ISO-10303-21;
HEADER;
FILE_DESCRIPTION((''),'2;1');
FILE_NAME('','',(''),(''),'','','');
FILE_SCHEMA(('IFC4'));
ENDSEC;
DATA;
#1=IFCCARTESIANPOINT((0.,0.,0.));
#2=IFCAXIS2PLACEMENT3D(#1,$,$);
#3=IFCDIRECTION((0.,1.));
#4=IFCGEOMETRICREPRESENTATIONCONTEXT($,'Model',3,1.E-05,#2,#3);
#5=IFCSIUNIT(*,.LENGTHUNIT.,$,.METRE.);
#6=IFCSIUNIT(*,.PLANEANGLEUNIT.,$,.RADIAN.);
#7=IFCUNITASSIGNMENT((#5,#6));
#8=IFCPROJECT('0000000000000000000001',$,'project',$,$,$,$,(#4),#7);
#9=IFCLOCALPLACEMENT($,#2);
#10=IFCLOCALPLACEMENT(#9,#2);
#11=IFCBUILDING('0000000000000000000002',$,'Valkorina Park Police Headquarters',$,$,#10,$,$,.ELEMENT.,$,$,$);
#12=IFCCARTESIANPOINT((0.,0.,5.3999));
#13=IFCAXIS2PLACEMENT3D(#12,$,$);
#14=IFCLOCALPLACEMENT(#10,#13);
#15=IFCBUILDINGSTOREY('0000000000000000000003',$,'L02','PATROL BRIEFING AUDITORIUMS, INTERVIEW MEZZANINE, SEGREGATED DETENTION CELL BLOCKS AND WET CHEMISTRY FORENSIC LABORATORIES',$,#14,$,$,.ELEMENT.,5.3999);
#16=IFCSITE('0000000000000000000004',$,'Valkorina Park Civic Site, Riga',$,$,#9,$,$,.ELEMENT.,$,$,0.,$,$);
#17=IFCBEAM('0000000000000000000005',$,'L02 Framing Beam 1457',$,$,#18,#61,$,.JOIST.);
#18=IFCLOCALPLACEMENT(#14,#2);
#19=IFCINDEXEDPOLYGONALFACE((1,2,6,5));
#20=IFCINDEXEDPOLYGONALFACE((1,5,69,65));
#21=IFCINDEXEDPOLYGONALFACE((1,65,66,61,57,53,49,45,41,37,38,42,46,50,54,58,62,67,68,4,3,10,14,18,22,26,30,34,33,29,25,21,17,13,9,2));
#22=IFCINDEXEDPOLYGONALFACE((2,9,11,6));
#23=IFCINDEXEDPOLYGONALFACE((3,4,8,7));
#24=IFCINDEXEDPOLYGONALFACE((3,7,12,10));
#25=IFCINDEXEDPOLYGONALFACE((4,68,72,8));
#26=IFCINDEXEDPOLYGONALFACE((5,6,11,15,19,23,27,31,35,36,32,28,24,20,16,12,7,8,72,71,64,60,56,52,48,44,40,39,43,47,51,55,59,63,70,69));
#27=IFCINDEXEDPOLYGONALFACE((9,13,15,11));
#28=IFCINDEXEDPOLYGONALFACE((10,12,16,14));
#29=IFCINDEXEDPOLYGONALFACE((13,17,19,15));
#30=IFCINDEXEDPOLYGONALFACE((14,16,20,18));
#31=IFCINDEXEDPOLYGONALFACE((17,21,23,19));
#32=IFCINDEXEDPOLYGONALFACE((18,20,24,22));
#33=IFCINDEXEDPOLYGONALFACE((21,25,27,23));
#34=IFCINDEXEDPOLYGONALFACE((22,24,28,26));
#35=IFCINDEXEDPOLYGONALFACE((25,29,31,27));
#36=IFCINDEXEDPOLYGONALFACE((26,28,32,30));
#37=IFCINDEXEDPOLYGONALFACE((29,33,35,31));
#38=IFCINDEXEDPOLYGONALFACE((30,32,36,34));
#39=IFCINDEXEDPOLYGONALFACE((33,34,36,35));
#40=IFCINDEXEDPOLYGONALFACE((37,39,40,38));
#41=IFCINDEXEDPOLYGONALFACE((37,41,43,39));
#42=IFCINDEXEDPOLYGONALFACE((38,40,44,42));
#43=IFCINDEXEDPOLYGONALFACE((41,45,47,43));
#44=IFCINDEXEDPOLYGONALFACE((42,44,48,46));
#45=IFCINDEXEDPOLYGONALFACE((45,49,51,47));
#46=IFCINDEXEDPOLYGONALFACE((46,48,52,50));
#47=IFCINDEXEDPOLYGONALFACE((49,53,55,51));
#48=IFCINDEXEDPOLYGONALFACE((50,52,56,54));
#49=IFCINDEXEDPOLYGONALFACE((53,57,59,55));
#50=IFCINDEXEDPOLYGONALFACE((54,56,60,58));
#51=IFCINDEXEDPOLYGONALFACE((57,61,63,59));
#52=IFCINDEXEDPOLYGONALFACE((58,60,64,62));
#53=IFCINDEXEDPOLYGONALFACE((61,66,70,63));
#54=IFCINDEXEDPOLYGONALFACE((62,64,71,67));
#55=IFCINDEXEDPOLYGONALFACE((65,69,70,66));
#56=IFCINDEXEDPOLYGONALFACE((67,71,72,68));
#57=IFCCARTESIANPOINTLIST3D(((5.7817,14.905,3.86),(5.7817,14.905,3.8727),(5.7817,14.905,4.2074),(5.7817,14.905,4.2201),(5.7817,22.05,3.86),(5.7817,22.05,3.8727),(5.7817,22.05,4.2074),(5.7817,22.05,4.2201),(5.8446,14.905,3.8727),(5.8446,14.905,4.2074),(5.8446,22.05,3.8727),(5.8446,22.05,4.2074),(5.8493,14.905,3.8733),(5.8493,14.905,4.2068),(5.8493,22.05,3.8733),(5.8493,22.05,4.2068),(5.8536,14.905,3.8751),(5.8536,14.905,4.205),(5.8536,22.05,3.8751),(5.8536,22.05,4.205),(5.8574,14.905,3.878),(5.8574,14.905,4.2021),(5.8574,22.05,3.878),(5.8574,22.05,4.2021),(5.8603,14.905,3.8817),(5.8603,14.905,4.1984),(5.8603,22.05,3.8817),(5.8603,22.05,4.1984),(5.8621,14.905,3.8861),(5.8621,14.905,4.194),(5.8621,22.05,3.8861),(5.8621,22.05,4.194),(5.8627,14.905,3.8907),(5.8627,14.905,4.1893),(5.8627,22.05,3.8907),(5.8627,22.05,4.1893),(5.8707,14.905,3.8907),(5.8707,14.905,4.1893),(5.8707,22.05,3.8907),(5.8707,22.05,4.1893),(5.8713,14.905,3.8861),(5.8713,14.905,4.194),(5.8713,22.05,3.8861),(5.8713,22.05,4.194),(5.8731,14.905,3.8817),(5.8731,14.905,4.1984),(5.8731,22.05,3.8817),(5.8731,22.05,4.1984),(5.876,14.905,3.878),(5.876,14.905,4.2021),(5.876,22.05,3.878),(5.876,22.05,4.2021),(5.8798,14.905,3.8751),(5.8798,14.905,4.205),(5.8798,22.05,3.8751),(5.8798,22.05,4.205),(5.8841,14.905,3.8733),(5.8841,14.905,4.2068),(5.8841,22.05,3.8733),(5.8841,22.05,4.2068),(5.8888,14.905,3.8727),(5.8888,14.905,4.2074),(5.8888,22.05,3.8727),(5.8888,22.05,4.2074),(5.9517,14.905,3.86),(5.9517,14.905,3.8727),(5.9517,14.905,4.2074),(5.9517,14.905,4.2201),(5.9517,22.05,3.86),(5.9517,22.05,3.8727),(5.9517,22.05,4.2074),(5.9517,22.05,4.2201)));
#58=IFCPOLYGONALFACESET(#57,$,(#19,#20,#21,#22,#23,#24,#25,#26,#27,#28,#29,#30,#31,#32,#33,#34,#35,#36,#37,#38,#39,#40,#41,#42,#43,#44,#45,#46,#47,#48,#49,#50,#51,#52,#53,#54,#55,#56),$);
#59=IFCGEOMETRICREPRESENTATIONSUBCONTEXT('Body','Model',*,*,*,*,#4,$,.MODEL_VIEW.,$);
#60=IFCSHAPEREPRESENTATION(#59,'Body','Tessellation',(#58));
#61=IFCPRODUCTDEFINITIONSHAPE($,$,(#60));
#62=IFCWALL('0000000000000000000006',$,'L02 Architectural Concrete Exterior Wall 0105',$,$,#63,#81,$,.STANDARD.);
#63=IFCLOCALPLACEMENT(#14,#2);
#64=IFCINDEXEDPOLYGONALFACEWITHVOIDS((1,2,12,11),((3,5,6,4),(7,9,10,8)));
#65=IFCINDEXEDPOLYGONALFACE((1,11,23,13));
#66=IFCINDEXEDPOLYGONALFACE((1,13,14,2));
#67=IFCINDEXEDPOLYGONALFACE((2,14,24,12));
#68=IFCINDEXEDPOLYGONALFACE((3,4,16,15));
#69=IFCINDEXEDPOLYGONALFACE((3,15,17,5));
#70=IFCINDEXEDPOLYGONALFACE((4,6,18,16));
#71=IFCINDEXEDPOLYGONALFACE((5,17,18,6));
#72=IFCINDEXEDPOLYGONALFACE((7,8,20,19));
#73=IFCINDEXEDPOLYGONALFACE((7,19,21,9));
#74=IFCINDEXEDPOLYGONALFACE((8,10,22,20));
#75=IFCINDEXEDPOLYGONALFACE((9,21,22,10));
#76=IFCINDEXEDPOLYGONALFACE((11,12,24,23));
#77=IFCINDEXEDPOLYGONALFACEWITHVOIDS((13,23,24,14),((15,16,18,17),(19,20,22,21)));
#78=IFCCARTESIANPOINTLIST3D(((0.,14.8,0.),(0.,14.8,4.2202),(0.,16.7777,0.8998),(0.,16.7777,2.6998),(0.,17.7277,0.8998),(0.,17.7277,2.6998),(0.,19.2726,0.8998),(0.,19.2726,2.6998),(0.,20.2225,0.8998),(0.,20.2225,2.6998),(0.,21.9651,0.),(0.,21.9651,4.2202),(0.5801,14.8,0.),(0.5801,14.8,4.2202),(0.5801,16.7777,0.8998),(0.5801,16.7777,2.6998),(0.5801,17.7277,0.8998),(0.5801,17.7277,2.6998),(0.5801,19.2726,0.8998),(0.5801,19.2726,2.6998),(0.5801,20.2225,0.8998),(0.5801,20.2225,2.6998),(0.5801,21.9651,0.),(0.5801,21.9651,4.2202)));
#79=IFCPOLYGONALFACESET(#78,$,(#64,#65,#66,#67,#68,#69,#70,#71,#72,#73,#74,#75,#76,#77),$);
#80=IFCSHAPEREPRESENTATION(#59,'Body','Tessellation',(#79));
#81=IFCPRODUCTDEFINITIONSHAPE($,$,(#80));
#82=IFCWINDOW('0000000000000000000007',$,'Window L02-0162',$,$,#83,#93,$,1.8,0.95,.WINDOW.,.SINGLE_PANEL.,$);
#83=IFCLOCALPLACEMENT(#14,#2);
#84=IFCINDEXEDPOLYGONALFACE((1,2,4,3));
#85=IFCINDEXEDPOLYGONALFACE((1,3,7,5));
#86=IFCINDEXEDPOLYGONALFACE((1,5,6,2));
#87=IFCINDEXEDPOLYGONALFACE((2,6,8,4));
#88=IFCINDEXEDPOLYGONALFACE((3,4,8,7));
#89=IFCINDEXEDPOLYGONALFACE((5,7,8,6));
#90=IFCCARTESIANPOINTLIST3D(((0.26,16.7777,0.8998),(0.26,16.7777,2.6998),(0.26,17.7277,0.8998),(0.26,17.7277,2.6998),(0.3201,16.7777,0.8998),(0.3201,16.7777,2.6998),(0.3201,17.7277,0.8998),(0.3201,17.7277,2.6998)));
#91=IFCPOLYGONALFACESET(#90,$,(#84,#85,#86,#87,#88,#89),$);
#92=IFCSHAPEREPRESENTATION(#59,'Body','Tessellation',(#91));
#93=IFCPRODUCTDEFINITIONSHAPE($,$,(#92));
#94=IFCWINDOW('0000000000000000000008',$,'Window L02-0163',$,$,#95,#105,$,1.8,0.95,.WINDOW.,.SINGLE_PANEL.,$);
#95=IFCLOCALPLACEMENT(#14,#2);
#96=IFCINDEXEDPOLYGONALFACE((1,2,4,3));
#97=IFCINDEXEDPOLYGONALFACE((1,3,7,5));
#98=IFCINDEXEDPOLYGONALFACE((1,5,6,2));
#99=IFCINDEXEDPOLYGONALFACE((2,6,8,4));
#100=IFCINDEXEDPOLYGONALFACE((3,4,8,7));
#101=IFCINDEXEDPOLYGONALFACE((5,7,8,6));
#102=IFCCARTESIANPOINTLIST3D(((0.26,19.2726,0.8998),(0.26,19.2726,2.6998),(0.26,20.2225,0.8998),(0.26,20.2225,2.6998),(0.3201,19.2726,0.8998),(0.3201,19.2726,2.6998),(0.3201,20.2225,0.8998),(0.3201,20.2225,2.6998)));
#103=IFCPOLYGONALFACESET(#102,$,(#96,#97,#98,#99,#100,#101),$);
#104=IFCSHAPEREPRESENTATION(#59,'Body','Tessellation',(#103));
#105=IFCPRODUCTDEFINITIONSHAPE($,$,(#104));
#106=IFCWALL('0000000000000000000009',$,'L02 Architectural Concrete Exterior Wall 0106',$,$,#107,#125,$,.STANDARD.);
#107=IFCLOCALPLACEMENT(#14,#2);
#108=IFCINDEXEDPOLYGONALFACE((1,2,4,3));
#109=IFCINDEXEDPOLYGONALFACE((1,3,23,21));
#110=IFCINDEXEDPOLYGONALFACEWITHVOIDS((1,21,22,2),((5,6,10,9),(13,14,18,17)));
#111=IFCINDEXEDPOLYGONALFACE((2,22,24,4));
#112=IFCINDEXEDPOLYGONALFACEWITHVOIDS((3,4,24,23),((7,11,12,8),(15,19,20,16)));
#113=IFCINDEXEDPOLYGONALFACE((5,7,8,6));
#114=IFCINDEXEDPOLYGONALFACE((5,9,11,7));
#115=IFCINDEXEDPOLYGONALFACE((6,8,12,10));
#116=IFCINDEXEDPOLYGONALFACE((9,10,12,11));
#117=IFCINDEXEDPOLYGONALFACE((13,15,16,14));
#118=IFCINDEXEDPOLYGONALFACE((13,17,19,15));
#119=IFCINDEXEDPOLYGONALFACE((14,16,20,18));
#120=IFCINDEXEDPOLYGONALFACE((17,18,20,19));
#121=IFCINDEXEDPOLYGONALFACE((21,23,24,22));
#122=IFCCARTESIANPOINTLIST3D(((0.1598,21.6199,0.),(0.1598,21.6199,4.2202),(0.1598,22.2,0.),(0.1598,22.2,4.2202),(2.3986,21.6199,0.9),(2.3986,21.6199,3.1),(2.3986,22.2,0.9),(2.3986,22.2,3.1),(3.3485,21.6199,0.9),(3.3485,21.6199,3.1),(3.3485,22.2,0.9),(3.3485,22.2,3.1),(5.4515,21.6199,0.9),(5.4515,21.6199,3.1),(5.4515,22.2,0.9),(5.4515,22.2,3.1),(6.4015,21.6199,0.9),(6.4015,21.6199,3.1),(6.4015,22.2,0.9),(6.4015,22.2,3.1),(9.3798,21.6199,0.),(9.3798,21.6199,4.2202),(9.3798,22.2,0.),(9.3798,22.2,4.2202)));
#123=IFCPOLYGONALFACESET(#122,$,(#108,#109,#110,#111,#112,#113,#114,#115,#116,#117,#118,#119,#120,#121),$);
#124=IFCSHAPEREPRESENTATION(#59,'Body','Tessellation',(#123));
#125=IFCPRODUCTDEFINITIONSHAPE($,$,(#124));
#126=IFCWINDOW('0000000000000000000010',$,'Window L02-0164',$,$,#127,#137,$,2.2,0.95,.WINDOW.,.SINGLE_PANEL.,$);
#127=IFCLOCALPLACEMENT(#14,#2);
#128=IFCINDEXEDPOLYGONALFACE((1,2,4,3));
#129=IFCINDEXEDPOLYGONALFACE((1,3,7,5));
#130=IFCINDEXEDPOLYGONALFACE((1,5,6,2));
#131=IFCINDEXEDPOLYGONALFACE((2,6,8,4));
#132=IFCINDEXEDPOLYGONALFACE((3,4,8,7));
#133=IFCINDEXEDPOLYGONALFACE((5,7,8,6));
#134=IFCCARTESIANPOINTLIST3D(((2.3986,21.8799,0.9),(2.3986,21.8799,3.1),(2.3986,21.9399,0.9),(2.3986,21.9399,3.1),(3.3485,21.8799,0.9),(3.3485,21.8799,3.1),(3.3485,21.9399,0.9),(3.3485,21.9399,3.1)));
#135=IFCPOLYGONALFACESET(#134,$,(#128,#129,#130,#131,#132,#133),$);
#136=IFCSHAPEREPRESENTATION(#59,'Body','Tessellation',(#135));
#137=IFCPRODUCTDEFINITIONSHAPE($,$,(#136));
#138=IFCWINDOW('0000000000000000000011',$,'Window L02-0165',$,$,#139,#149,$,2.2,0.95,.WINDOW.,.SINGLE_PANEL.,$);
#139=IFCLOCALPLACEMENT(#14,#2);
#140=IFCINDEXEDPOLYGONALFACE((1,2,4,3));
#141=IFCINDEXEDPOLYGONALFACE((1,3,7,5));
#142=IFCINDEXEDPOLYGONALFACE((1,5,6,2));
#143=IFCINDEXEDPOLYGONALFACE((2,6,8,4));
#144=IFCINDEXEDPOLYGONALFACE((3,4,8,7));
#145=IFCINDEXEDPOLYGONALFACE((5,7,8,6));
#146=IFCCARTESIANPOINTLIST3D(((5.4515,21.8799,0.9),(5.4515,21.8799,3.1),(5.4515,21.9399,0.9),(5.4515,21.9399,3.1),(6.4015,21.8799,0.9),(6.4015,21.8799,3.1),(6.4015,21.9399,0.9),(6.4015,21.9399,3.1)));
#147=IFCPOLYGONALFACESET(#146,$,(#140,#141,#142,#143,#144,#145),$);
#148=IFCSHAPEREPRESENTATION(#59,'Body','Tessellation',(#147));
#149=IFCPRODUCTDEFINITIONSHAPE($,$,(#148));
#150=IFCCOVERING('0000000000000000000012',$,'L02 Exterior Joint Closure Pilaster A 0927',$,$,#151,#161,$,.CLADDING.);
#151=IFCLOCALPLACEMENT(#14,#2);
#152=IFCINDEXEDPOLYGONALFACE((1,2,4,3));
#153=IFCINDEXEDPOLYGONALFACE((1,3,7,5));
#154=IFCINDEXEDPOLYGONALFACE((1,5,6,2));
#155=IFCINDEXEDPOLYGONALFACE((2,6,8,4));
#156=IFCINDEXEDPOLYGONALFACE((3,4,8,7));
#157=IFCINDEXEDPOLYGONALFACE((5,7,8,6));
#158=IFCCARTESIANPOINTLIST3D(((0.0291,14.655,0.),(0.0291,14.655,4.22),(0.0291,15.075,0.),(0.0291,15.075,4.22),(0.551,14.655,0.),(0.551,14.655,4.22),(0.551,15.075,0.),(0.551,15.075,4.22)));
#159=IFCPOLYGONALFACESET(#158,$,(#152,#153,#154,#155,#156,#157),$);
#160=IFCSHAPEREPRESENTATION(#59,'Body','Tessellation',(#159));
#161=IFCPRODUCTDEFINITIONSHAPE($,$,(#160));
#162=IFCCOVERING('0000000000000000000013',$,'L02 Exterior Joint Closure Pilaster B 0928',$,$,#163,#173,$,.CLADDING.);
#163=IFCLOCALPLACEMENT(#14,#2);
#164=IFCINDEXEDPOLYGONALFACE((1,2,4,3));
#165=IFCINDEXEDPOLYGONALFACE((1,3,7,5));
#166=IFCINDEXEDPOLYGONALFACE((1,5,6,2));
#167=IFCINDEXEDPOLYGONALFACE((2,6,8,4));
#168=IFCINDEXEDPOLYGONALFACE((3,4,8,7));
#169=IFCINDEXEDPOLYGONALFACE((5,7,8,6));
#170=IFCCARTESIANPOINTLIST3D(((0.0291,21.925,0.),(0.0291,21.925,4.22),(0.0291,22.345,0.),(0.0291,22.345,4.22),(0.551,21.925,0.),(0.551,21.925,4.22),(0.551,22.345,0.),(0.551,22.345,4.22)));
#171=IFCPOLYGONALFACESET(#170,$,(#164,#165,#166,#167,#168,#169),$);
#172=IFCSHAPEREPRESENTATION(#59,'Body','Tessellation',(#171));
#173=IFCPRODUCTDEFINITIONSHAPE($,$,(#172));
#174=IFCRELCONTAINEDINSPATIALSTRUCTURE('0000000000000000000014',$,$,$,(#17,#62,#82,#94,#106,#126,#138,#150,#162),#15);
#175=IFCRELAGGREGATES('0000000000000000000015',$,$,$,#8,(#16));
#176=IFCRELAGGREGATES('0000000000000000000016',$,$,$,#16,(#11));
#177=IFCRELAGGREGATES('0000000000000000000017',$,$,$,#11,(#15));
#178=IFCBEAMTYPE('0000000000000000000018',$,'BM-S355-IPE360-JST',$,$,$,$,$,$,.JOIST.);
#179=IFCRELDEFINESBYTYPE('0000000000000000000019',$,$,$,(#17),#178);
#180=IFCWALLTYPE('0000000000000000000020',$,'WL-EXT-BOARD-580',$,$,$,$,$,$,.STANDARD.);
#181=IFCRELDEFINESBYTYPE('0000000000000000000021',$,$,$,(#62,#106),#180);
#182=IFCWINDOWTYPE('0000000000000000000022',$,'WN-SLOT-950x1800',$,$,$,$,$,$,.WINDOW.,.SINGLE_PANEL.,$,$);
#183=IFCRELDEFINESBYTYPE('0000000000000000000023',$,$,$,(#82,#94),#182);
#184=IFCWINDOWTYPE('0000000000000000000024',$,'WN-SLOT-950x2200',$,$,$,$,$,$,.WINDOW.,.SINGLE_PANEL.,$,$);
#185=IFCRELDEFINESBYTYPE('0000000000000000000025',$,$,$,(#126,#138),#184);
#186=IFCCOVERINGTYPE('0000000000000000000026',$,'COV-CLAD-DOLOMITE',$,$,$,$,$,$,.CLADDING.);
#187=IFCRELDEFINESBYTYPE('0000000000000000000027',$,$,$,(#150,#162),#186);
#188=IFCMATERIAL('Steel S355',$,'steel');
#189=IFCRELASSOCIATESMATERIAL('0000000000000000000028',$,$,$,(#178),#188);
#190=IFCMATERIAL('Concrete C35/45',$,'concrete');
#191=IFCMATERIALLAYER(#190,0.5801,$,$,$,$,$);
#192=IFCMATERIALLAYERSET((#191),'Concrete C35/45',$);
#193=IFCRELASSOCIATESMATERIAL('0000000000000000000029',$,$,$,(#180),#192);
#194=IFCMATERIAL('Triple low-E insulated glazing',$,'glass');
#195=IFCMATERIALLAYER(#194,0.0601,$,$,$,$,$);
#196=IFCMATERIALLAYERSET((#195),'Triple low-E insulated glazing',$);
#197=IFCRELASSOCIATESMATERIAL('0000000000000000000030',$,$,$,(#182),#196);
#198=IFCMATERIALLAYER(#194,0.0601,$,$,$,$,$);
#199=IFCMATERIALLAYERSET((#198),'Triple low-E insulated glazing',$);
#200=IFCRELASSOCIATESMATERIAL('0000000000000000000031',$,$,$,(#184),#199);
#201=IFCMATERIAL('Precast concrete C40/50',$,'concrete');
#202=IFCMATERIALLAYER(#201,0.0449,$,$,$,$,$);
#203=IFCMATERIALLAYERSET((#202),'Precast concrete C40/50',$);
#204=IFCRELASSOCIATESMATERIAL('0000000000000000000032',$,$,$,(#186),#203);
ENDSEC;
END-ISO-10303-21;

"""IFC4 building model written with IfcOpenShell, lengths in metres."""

from ifc_helpers import new_model, si_unit, direction, frame, frame_2d, origin, origin_2d, place, context, subcontext, project, spatial, rectangle, i_section, extrude, material, layer, layer_set, material_profile, profile_set, type_object, element, fill, save


model = new_model("IFC4")

# Units and contexts
model_context = context("Model", 3, precision=1e-05, world=origin(), true_north=direction((0.0, 1.0)))
body_context = subcontext(model_context, "Body", "Model", "MODEL_VIEW")
ifc_project = project(units=[si_unit("LENGTHUNIT", "METRE"), si_unit("PLANEANGLEUNIT", "RADIAN")], contexts=[model_context])

# Site, building, storey
site_placement = place(None, origin())
site = spatial("IfcSite", under=ifc_project, at=site_placement, Name="Valkorina Park Civic Site, Riga", CompositionType="ELEMENT", RefElevation=0.0)
building_placement = place(site_placement, origin())
building = spatial("IfcBuilding", under=site, at=building_placement, Name="Valkorina Park Police Headquarters", CompositionType="ELEMENT")
storey_placement = place(building_placement, frame((0.0, 0.0, 5.3999)))
storey = spatial("IfcBuildingStorey", under=building, at=storey_placement, Name="L02", Description="PATROL BRIEFING AUDITORIUMS, INTERVIEW MEZZANINE, SEGREGATED DETENTION CELL BLOCKS AND WET CHEMISTRY FORENSIC LABORATORIES", CompositionType="ELEMENT", Elevation=5.3999)

# Shared definitions
ifc_material_1 = material(Name="Steel S355", Category="steel")

# Beam
ifc_material_profile_1 = material_profile(ifc_material_1, i_section(OverallWidth=0.1699, OverallDepth=0.3601, WebThickness=0.0081, FlangeThickness=0.0127, FilletRadius=0.0181, at=origin_2d()), Name="IPE 360")
ifc_profile_set_1 = profile_set([ifc_material_profile_1], Name="Steel S355")
beam_type_1 = type_object("IfcBeamType", Name="BM-S355-IPE360-JST", PredefinedType="JOIST", material=ifc_profile_set_1)
for number, where, z_axis, x_axis, name in (
    (1, (5.8667, 14.905, 4.04), (0.0, 1.0, 0.0), (-1.0, 0.0, 0.0), "L02 Framing Beam 1457"),
):
    element("IfcBeam", number, at=place(storey_placement, frame(where, z_axis=z_axis, x_axis=x_axis)), inside=storey, type_object=beam_type_1, Name=name, PredefinedType="JOIST", context=body_context, shape_type="SweptSolid", body=[
        extrude(i_section(OverallWidth=0.1699, OverallDepth=0.3601, WebThickness=0.0081, FlangeThickness=0.0127, FilletRadius=0.0181, at=origin_2d()), origin(), (0.0, 0.0, 1.0), 7.145),
    ])

# Walls, openings, windows
ifc_material_2 = material(Name="Concrete C35/45", Category="concrete")
ifc_layer_1 = layer(ifc_material_2, 0.5801)
ifc_layer_set_1 = layer_set([ifc_layer_1], Name="Concrete C35/45")
wall_type = type_object("IfcWallType", Name="WL-EXT-BOARD-580", PredefinedType="STANDARD", material=ifc_layer_set_1)
wall_1_placement = place(storey_placement, frame((0.29, 14.8, 0.0), z_axis=(0.0, 0.0, 1.0), x_axis=(0.0, 1.0, 0.0)))
wall_1 = element("IfcWall", 2, at=wall_1_placement, inside=storey, type_object=wall_type, Name="L02 Architectural Concrete Exterior Wall 0105", PredefinedType="STANDARD", context=body_context, shape_type="SweptSolid", body=[
    extrude(rectangle(XDim=7.165, YDim=0.5801, at=frame_2d((3.5825, 0.0))), origin(), (0.0, 0.0, 1.0), 4.2202),
])
opening_1_placement = place(wall_1_placement, frame((1.9775, 0.0, 0.8999)))
opening_1 = element("IfcOpeningElement", 3, at=opening_1_placement, cuts=wall_1, PredefinedType="OPENING", context=body_context, shape_type="SweptSolid", body=[
    extrude(rectangle(XDim=0.95, YDim=1.8, at=frame_2d((0.4751, 0.8999))), frame((0.0, 0.3, 0.0), z_axis=(0.0, -1.0, 0.0), x_axis=(1.0, 0.0, 0.0)), (0.0, 0.0, 1.0), 0.6001),
])
opening_2_placement = place(wall_1_placement, frame((4.4724, 0.0, 0.8999)))
opening_2 = element("IfcOpeningElement", 4, at=opening_2_placement, cuts=wall_1, PredefinedType="OPENING", context=body_context, shape_type="SweptSolid", body=[
    extrude(rectangle(XDim=0.95, YDim=1.8, at=frame_2d((0.4751, 0.8999))), frame((0.0, 0.3, 0.0), z_axis=(0.0, -1.0, 0.0), x_axis=(1.0, 0.0, 0.0)), (0.0, 0.0, 1.0), 0.6001),
])
ifc_material_3 = material(Name="Triple low-E insulated glazing", Category="glass")
ifc_layer_2 = layer(ifc_material_3, 0.0601)
ifc_layer_set_2 = layer_set([ifc_layer_2], Name="Triple low-E insulated glazing")
window_type_1 = type_object("IfcWindowType", Name="WN-SLOT-950x1800", PartitioningType="SINGLE_PANEL", PredefinedType="WINDOW", material=ifc_layer_set_2)
window_1_placement = place(opening_1_placement, origin())
window_1 = element("IfcWindow", 5, at=window_1_placement, inside=storey, type_object=window_type_1, Name="Window L02-0162", OverallHeight=1.8, OverallWidth=0.95, PartitioningType="SINGLE_PANEL", PredefinedType="WINDOW", context=body_context, shape_type="SweptSolid", body=[
    extrude(rectangle(XDim=0.95, YDim=1.8, at=frame_2d((0.4751, 0.8999))), frame((0.0, 0.03, 0.0), z_axis=(0.0, -1.0, 0.0), x_axis=(1.0, 0.0, 0.0)), (0.0, 0.0, 1.0), 0.0601),
])
fill(opening_1, window_1)
window_2_placement = place(opening_2_placement, origin())
window_2 = element("IfcWindow", 6, at=window_2_placement, inside=storey, type_object=window_type_1, Name="Window L02-0163", OverallHeight=1.8, OverallWidth=0.95, PartitioningType="SINGLE_PANEL", PredefinedType="WINDOW", context=body_context, shape_type="SweptSolid", body=[
    extrude(rectangle(XDim=0.95, YDim=1.8, at=frame_2d((0.4751, 0.8999))), frame((0.0, 0.03, 0.0), z_axis=(0.0, -1.0, 0.0), x_axis=(1.0, 0.0, 0.0)), (0.0, 0.0, 1.0), 0.0601),
])
fill(opening_2, window_2)
wall_2_placement = place(storey_placement, frame((0.1599, 21.9099, 0.0), z_axis=(0.0, 0.0, 1.0), x_axis=(1.0, 0.0, 0.0)))
wall_2 = element("IfcWall", 7, at=wall_2_placement, inside=storey, type_object=wall_type, Name="L02 Architectural Concrete Exterior Wall 0106", PredefinedType="STANDARD", context=body_context, shape_type="SweptSolid", body=[
    extrude(rectangle(XDim=9.22, YDim=0.5801, at=frame_2d((4.6099, 0.0))), origin(), (0.0, 0.0, 1.0), 4.2202),
])
opening_3_placement = place(wall_2_placement, frame((2.2385, 0.0, 0.8999)))
opening_3 = element("IfcOpeningElement", 8, at=opening_3_placement, cuts=wall_2, PredefinedType="OPENING", context=body_context, shape_type="SweptSolid", body=[
    extrude(rectangle(XDim=0.95, YDim=2.2, at=frame_2d((0.4751, 1.1001))), frame((0.0, 0.3, 0.0), z_axis=(0.0, -1.0, 0.0), x_axis=(1.0, 0.0, 0.0)), (0.0, 0.0, 1.0), 0.6001),
])
opening_4_placement = place(wall_2_placement, frame((5.2915, 0.0, 0.8999)))
opening_4 = element("IfcOpeningElement", 9, at=opening_4_placement, cuts=wall_2, PredefinedType="OPENING", context=body_context, shape_type="SweptSolid", body=[
    extrude(rectangle(XDim=0.95, YDim=2.2, at=frame_2d((0.4751, 1.1001))), frame((0.0, 0.3, 0.0), z_axis=(0.0, -1.0, 0.0), x_axis=(1.0, 0.0, 0.0)), (0.0, 0.0, 1.0), 0.6001),
])
ifc_layer_3 = layer(ifc_material_3, 0.0601)
ifc_layer_set_3 = layer_set([ifc_layer_3], Name="Triple low-E insulated glazing")
window_type_2 = type_object("IfcWindowType", Name="WN-SLOT-950x2200", PartitioningType="SINGLE_PANEL", PredefinedType="WINDOW", material=ifc_layer_set_3)
window_3_placement = place(opening_3_placement, origin())
window_3 = element("IfcWindow", 10, at=window_3_placement, inside=storey, type_object=window_type_2, Name="Window L02-0164", OverallHeight=2.2, OverallWidth=0.95, PartitioningType="SINGLE_PANEL", PredefinedType="WINDOW", context=body_context, shape_type="SweptSolid", body=[
    extrude(rectangle(XDim=0.95, YDim=2.2, at=frame_2d((0.4751, 1.1001))), frame((0.0, 0.03, 0.0), z_axis=(0.0, -1.0, 0.0), x_axis=(1.0, 0.0, 0.0)), (0.0, 0.0, 1.0), 0.0601),
])
fill(opening_3, window_3)
window_4_placement = place(opening_4_placement, origin())
window_4 = element("IfcWindow", 11, at=window_4_placement, inside=storey, type_object=window_type_2, Name="Window L02-0165", OverallHeight=2.2, OverallWidth=0.95, PartitioningType="SINGLE_PANEL", PredefinedType="WINDOW", context=body_context, shape_type="SweptSolid", body=[
    extrude(rectangle(XDim=0.95, YDim=2.2, at=frame_2d((0.4751, 1.1001))), frame((0.0, 0.03, 0.0), z_axis=(0.0, -1.0, 0.0), x_axis=(1.0, 0.0, 0.0)), (0.0, 0.0, 1.0), 0.0601),
])
fill(opening_4, window_4)

# Coverings
ifc_material_4 = material(Name="Precast concrete C40/50", Category="concrete")
ifc_layer_4 = layer(ifc_material_4, 0.0449)
ifc_layer_set_4 = layer_set([ifc_layer_4], Name="Precast concrete C40/50")
covering_type = type_object("IfcCoveringType", Name="COV-CLAD-DOLOMITE", PredefinedType="CLADDING", material=ifc_layer_set_4)
for number, where, z_axis, x_axis, name in (
    (12, (0.29, 14.865, 0.0), (0.0, 0.0, 1.0), (0.0, 1.0, 0.0), "L02 Exterior Joint Closure Pilaster A 0927"),
    (13, (0.29, 22.135, 0.0), (0.0, 0.0, 1.0), (0.0, 1.0, 0.0), "L02 Exterior Joint Closure Pilaster B 0928"),
):
    element("IfcCovering", number, at=place(storey_placement, frame(where, z_axis=z_axis, x_axis=x_axis)), inside=storey, type_object=covering_type, Name=name, PredefinedType="CLADDING", context=body_context, shape_type="SweptSolid", body=[
        extrude(rectangle(XDim=0.4199, YDim=0.522, at=origin_2d()), origin(), (0.0, 0.0, 1.0), 4.22),
    ])

save(model, "model.ifc")
